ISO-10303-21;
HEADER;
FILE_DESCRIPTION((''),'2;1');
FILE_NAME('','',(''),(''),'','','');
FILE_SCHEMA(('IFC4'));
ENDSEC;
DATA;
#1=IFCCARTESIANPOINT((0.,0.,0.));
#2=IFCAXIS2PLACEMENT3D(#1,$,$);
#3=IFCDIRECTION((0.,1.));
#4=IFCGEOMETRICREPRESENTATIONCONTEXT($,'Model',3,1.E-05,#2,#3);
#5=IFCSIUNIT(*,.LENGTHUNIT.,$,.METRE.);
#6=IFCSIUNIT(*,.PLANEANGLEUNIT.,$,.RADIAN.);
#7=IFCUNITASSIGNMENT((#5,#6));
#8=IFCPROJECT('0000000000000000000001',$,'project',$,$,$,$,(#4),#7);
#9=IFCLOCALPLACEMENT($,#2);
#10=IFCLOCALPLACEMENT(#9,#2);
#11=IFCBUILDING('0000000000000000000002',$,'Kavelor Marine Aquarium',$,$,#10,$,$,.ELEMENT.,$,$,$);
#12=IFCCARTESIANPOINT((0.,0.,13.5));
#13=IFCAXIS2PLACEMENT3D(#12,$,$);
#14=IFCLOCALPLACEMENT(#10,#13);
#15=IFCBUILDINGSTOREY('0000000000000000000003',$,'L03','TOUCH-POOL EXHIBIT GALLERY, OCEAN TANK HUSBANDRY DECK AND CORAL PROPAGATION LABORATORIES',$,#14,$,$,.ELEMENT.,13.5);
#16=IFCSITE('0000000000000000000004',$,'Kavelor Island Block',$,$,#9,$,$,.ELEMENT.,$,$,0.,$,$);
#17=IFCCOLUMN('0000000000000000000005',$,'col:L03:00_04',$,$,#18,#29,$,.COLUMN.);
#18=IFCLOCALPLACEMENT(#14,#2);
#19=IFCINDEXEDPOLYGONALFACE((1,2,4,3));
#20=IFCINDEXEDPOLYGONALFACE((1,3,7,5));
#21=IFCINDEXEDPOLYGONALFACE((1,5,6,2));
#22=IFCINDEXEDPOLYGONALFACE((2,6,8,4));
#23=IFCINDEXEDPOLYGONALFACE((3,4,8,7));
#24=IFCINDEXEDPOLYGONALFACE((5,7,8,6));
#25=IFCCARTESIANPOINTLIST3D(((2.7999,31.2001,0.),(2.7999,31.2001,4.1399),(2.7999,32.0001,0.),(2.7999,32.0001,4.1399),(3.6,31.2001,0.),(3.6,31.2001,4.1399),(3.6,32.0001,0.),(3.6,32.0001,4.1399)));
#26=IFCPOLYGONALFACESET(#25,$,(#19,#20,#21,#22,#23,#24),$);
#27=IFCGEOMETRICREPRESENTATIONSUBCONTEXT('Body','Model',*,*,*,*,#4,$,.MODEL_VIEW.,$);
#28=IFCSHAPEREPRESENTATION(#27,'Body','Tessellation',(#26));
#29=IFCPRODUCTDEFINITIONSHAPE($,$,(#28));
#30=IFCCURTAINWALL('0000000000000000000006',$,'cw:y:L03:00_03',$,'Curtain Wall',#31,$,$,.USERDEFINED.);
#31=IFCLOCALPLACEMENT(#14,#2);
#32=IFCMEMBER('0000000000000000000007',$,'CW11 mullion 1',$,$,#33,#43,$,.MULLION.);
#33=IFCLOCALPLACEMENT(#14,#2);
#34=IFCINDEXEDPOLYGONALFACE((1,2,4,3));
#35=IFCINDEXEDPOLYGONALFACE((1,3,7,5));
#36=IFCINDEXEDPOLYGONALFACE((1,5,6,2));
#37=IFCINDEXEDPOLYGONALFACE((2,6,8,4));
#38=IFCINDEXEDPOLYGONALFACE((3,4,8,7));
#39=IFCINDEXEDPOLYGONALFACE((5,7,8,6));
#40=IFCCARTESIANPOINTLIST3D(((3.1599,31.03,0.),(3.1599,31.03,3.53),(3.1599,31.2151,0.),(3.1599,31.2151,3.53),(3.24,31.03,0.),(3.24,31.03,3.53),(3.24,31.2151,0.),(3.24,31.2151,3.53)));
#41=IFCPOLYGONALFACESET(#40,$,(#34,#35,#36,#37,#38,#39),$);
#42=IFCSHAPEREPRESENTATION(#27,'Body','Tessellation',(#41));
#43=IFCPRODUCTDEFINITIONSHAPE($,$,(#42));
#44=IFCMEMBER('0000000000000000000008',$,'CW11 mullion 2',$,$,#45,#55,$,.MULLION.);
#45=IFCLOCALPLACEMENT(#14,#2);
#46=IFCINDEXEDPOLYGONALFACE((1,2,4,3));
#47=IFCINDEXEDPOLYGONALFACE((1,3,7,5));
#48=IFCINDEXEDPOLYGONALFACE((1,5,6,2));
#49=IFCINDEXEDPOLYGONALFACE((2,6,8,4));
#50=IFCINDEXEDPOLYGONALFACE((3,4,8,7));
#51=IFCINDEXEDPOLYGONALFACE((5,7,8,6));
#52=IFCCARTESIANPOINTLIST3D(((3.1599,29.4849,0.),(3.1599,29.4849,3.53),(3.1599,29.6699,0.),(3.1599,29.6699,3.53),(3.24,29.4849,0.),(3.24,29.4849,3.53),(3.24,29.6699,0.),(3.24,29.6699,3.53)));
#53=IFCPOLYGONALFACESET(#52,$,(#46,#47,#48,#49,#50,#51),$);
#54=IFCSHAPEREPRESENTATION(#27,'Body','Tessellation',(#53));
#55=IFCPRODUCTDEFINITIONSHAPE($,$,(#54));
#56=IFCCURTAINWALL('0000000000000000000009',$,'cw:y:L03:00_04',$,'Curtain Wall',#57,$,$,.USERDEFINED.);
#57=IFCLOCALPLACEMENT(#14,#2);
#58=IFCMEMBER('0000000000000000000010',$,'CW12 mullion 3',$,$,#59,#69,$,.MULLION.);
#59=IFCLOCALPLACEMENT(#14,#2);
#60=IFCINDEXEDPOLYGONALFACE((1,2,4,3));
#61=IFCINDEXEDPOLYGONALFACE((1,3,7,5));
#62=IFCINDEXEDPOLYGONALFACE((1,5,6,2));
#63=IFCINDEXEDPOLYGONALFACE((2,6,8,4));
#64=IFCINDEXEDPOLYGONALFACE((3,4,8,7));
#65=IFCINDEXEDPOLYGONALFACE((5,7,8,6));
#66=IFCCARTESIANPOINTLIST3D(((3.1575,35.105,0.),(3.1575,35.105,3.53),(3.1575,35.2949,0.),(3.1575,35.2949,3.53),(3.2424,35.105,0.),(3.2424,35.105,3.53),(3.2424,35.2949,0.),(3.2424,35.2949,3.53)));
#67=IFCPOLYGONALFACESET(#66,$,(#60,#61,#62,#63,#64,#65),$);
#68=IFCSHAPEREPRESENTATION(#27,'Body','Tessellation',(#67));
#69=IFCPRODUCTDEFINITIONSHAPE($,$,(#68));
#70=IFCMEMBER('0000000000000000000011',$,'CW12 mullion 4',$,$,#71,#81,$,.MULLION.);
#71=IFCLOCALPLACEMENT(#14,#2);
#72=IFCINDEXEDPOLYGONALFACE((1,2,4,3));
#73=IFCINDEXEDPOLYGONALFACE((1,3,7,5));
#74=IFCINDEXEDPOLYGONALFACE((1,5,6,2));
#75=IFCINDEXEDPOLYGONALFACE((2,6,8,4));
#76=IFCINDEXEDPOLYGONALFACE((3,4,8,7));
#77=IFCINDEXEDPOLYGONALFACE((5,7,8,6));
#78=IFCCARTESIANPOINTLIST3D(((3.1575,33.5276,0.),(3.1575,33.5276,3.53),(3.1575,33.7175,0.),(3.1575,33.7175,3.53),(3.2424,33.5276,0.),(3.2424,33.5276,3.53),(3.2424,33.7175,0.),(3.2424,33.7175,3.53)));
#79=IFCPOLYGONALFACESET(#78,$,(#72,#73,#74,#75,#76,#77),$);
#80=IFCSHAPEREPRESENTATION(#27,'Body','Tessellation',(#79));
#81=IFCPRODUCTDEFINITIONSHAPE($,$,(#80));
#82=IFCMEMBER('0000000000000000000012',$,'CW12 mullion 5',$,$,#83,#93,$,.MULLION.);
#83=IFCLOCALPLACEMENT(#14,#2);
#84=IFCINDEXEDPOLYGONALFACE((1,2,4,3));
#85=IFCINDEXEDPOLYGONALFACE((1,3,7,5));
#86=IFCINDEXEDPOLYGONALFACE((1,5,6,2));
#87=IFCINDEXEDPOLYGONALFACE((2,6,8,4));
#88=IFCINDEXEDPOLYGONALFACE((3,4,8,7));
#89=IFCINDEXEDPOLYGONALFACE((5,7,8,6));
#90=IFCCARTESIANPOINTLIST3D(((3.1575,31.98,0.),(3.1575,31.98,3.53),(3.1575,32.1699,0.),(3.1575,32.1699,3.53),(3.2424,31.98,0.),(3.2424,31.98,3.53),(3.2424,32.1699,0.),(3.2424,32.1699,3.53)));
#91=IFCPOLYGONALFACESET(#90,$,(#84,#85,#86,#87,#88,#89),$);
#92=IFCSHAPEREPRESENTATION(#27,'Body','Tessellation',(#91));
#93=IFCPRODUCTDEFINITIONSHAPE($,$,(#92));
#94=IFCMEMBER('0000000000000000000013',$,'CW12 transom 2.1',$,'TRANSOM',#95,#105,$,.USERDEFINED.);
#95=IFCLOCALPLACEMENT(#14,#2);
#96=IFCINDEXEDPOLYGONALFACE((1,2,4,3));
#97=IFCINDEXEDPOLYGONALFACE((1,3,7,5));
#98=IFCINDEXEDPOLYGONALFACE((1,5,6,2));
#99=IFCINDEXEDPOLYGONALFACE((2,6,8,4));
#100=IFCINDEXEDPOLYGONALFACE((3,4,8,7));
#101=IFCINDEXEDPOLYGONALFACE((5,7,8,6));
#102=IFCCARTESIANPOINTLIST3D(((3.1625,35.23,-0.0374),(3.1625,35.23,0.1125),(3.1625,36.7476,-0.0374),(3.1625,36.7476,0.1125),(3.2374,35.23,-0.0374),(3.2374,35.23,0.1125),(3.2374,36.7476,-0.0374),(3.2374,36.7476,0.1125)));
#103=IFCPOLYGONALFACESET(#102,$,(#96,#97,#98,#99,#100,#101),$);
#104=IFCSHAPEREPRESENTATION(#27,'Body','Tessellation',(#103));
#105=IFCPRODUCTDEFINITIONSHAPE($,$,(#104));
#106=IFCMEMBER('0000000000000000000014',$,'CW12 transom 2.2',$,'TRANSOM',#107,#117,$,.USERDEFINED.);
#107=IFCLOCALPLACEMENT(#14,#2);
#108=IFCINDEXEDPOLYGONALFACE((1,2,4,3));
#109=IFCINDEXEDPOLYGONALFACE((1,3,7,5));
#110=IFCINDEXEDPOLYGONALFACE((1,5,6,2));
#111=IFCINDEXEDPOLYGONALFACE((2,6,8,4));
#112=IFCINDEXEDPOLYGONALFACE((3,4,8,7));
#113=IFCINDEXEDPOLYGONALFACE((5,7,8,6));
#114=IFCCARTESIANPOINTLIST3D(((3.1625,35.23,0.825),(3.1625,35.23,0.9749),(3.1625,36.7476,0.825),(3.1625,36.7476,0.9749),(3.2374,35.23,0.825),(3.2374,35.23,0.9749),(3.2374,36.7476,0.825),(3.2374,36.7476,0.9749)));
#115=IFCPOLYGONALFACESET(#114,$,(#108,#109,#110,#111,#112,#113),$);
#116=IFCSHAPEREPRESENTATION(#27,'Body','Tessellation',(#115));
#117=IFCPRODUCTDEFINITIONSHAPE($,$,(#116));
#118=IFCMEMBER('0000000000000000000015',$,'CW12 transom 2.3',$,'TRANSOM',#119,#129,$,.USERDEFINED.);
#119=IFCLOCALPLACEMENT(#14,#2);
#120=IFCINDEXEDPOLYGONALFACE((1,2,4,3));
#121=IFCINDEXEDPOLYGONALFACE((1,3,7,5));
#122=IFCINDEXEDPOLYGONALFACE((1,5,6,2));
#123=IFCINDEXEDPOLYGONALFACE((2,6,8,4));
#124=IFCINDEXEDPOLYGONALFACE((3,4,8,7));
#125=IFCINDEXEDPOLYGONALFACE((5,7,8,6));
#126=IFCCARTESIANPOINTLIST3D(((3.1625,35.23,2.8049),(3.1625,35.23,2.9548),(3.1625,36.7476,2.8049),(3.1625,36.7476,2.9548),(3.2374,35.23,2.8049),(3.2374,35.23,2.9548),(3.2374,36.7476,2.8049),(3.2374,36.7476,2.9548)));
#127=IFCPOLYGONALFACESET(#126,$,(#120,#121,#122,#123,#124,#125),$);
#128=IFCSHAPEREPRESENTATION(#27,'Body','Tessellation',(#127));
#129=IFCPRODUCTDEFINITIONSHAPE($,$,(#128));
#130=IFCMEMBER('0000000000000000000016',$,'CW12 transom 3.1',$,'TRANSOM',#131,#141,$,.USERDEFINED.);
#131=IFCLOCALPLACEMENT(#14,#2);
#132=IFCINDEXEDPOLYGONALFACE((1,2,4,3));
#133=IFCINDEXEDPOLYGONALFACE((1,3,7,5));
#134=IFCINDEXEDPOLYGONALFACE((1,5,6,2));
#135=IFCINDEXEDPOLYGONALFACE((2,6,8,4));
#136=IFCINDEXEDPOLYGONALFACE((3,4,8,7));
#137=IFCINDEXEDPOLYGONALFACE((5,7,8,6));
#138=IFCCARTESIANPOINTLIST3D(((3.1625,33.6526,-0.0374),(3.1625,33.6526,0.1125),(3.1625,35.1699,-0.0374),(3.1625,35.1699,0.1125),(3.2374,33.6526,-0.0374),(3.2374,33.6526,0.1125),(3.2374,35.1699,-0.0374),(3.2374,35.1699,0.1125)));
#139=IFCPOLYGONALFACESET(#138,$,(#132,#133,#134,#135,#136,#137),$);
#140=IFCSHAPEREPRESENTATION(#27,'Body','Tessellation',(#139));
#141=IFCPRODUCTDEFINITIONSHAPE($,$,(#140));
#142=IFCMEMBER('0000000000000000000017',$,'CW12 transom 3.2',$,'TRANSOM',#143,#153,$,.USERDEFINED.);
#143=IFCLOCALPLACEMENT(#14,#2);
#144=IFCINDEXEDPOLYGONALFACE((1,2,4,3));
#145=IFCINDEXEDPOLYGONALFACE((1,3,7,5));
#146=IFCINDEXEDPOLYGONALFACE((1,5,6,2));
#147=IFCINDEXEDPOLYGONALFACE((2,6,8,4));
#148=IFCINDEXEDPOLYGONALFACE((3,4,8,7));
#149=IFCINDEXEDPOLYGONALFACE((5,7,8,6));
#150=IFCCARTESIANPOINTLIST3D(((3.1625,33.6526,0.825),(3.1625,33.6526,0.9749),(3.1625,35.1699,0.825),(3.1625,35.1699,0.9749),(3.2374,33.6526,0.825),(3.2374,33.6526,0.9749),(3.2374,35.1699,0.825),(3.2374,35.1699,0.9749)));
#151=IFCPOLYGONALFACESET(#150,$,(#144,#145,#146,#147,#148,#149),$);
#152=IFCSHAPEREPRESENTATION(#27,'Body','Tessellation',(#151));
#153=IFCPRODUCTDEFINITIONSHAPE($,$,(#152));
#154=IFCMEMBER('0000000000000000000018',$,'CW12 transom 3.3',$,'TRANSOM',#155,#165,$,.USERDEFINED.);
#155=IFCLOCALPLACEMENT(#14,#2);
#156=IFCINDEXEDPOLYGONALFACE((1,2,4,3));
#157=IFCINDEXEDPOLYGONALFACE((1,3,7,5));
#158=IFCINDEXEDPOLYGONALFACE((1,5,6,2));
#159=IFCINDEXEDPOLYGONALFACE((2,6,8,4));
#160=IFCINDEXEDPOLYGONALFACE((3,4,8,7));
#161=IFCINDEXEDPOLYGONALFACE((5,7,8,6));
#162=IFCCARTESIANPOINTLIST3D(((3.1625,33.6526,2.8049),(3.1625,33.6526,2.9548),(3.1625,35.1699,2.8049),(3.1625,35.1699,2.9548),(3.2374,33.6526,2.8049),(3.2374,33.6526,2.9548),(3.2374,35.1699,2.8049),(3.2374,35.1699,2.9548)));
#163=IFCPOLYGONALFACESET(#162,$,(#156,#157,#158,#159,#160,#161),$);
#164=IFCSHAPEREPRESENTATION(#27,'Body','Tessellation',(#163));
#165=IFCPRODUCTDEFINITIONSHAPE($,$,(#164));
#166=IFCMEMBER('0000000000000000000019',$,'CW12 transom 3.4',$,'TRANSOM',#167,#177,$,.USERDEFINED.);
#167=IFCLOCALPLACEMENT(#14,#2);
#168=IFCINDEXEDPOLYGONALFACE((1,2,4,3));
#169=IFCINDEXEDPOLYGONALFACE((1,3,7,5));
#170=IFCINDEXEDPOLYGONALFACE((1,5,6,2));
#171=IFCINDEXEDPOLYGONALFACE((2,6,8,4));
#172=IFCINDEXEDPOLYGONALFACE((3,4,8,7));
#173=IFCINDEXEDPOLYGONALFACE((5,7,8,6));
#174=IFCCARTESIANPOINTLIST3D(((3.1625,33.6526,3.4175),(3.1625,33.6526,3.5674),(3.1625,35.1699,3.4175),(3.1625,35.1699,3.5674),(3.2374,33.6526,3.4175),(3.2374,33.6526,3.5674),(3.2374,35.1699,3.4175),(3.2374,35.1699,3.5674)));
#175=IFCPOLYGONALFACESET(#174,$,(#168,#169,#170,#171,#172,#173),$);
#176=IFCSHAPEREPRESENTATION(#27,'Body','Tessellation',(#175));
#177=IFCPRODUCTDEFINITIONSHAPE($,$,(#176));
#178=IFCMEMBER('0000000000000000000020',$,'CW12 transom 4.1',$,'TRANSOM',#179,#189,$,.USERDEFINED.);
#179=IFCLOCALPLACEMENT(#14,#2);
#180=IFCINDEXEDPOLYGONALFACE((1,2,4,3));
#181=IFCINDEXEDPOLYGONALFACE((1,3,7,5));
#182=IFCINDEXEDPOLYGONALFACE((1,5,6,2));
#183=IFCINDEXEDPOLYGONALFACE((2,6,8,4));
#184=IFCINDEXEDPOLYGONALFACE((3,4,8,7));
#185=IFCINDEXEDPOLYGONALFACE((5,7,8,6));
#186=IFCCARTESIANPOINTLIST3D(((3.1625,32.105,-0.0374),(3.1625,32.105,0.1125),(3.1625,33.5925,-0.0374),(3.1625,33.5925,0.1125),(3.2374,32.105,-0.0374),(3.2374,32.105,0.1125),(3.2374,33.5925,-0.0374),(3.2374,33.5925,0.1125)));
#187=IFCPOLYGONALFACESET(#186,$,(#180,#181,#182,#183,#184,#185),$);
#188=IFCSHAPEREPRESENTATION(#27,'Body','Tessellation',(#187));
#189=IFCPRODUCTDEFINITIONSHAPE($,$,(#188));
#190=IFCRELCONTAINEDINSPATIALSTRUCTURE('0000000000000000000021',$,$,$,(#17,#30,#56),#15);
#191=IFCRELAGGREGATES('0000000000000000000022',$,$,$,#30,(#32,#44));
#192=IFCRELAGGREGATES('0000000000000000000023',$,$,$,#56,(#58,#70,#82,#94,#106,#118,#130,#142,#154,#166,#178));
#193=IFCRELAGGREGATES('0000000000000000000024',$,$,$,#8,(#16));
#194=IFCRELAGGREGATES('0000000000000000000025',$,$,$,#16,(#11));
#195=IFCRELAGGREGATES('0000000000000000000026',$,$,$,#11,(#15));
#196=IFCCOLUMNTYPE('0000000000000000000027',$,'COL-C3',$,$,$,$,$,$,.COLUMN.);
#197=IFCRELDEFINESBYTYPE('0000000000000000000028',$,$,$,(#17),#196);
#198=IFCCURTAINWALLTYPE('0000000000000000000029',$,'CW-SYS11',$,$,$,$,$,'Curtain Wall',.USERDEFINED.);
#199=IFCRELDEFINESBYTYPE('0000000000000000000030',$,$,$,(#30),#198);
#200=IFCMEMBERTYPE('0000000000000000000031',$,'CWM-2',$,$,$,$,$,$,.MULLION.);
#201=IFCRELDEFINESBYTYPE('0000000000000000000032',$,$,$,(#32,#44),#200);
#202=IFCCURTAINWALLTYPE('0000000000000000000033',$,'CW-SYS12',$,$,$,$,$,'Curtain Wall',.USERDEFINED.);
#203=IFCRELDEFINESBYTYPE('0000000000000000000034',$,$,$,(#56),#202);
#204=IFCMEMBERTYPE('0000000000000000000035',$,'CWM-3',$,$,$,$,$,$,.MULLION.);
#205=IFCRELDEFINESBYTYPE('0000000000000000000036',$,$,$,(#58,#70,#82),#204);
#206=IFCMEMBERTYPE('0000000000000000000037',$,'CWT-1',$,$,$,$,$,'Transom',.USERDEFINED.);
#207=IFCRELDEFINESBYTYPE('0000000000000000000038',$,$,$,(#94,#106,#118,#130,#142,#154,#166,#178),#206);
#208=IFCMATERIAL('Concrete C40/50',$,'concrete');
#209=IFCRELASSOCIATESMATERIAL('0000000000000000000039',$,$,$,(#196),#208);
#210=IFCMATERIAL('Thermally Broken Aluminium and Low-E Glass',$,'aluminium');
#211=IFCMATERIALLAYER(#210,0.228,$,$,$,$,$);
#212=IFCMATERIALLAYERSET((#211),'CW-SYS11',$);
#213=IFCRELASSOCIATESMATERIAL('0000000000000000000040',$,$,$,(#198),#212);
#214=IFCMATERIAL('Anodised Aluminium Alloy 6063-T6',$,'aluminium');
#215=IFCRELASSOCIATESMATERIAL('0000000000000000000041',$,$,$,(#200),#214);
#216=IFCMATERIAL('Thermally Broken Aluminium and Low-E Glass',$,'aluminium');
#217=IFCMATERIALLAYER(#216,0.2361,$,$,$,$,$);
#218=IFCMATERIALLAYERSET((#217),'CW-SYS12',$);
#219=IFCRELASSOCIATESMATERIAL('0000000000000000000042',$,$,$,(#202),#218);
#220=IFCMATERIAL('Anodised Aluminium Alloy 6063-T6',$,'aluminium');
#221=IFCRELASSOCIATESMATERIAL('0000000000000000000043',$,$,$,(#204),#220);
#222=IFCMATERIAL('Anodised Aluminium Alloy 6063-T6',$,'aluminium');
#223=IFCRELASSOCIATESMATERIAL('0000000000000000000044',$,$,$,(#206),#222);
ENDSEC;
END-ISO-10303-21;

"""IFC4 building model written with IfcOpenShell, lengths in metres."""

from ifc_helpers import new_model, si_unit, direction, frame, origin, origin_2d, place, context, subcontext, project, spatial, rectangle, extrude, material, layer, layer_set, material_profile, profile_set, type_object, element, aggregate, save


model = new_model("IFC4")

# Units and contexts
model_context = context("Model", 3, precision=1e-05, world=origin(), true_north=direction((0.0, 1.0)))
body_context = subcontext(model_context, "Body", "Model", "MODEL_VIEW")
ifc_project = project(units=[si_unit("LENGTHUNIT", "METRE"), si_unit("PLANEANGLEUNIT", "RADIAN")], contexts=[model_context])

# Site, building, storey
site_placement = place(None, origin())
site = spatial("IfcSite", under=ifc_project, at=site_placement, Name="Kavelor Island Block", CompositionType="ELEMENT", RefElevation=0.0)
building_placement = place(site_placement, origin())
building = spatial("IfcBuilding", under=site, at=building_placement, Name="Kavelor Marine Aquarium", CompositionType="ELEMENT")
storey_placement = place(building_placement, frame((0.0, 0.0, 13.5)))
storey = spatial("IfcBuildingStorey", under=building, at=storey_placement, Name="L03", Description="TOUCH-POOL EXHIBIT GALLERY, OCEAN TANK HUSBANDRY DECK AND CORAL PROPAGATION LABORATORIES", CompositionType="ELEMENT", Elevation=13.5)

# Column
ifc_material_1 = material(Name="Concrete C40/50", Category="concrete")
ifc_material_profile_1 = material_profile(ifc_material_1, rectangle(XDim=0.8, YDim=0.8, at=origin_2d()), Name="RC-COL 800x800")
ifc_profile_set_1 = profile_set([ifc_material_profile_1], Name="Concrete C40/50")
column_type = type_object("IfcColumnType", Name="COL-C3", PredefinedType="COLUMN", material=ifc_profile_set_1)
column_placement = place(storey_placement, frame((3.2, 31.6001, 0.0), z_axis=(0.0, 0.0, 1.0), x_axis=(1.0, 0.0, 0.0)))
element("IfcColumn", 1, at=column_placement, inside=storey, type_object=column_type, Name="col:L03:00_04", PredefinedType="COLUMN", context=body_context, shape_type="SweptSolid", body=[
    extrude(rectangle(XDim=0.8, YDim=0.8, at=origin_2d()), origin(), (0.0, 0.0, 1.0), 4.1399),
])

# Curtain walls, members
ifc_material_2 = material(Name="Thermally Broken Aluminium and Low-E Glass", Category="aluminium")
ifc_layer_1 = layer(ifc_material_2, 0.228)
ifc_layer_set_1 = layer_set([ifc_layer_1], Name="CW-SYS11")
curtain_wall_type_1 = type_object("IfcCurtainWallType", Name="CW-SYS11", ElementType="Curtain Wall", PredefinedType="USERDEFINED", material=ifc_layer_set_1)
curtain_wall_1_placement = place(storey_placement, origin())
curtain_wall_1 = element("IfcCurtainWall", 2, at=curtain_wall_1_placement, inside=storey, type_object=curtain_wall_type_1, Name="cw:y:L03:00_03", ObjectType="Curtain Wall", PredefinedType="USERDEFINED")
ifc_material_3 = material(Name="Anodised Aluminium Alloy 6063-T6", Category="aluminium")
ifc_material_profile_2 = material_profile(ifc_material_3, rectangle(XDim=0.0801, YDim=0.1851, at=origin_2d()), Name="CW-MUL 80x185")
ifc_profile_set_2 = profile_set([ifc_material_profile_2], Name="Anodised Aluminium Alloy 6063-T6")
member_type_1 = type_object("IfcMemberType", Name="CWM-2", PredefinedType="MULLION", material=ifc_profile_set_2)
member_1_placement = place(storey_placement, frame((3.2, 31.1226, 0.0), z_axis=(0.0, 0.0, 1.0), x_axis=(1.0, 0.0, 0.0)))
member_1 = element("IfcMember", 3, at=member_1_placement, type_object=member_type_1, Name="CW11 mullion 1", PredefinedType="MULLION", context=body_context, shape_type="SweptSolid", body=[
    extrude(rectangle(XDim=0.0801, YDim=0.1851, at=origin_2d()), origin(), (0.0, 0.0, 1.0), 3.53),
])
member_2_placement = place(storey_placement, frame((3.2, 29.5774, 0.0), z_axis=(0.0, 0.0, 1.0), x_axis=(1.0, 0.0, 0.0)))
member_2 = element("IfcMember", 4, at=member_2_placement, type_object=member_type_1, Name="CW11 mullion 2", PredefinedType="MULLION", context=body_context, shape_type="SweptSolid", body=[
    extrude(rectangle(XDim=0.0801, YDim=0.1851, at=origin_2d()), origin(), (0.0, 0.0, 1.0), 3.53),
])
ifc_material_4 = material(Name="Thermally Broken Aluminium and Low-E Glass", Category="aluminium")
ifc_layer_2 = layer(ifc_material_4, 0.2361)
ifc_layer_set_2 = layer_set([ifc_layer_2], Name="CW-SYS12")
curtain_wall_type_2 = type_object("IfcCurtainWallType", Name="CW-SYS12", ElementType="Curtain Wall", PredefinedType="USERDEFINED", material=ifc_layer_set_2)
curtain_wall_2_placement = place(storey_placement, origin())
curtain_wall_2 = element("IfcCurtainWall", 5, at=curtain_wall_2_placement, inside=storey, type_object=curtain_wall_type_2, Name="cw:y:L03:00_04", ObjectType="Curtain Wall", PredefinedType="USERDEFINED")
ifc_material_5 = material(Name="Anodised Aluminium Alloy 6063-T6", Category="aluminium")
ifc_material_profile_3 = material_profile(ifc_material_5, rectangle(XDim=0.085, YDim=0.1899, at=origin_2d()), Name="CW-MUL 85x190")
ifc_profile_set_3 = profile_set([ifc_material_profile_3], Name="Anodised Aluminium Alloy 6063-T6")
member_type_2 = type_object("IfcMemberType", Name="CWM-3", PredefinedType="MULLION", material=ifc_profile_set_3)
member_3_placement = place(storey_placement, frame((3.2, 35.2, 0.0), z_axis=(0.0, 0.0, 1.0), x_axis=(1.0, 0.0, 0.0)))
member_3 = element("IfcMember", 6, at=member_3_placement, type_object=member_type_2, Name="CW12 mullion 3", PredefinedType="MULLION", context=body_context, shape_type="SweptSolid", body=[
    extrude(rectangle(XDim=0.085, YDim=0.1899, at=origin_2d()), origin(), (0.0, 0.0, 1.0), 3.53),
])
member_4_placement = place(storey_placement, frame((3.2, 33.6226, 0.0), z_axis=(0.0, 0.0, 1.0), x_axis=(1.0, 0.0, 0.0)))
member_4 = element("IfcMember", 7, at=member_4_placement, type_object=member_type_2, Name="CW12 mullion 4", PredefinedType="MULLION", context=body_context, shape_type="SweptSolid", body=[
    extrude(rectangle(XDim=0.085, YDim=0.1899, at=origin_2d()), origin(), (0.0, 0.0, 1.0), 3.53),
])
member_5_placement = place(storey_placement, frame((3.2, 32.075, 0.0), z_axis=(0.0, 0.0, 1.0), x_axis=(1.0, 0.0, 0.0)))
member_5 = element("IfcMember", 8, at=member_5_placement, type_object=member_type_2, Name="CW12 mullion 5", PredefinedType="MULLION", context=body_context, shape_type="SweptSolid", body=[
    extrude(rectangle(XDim=0.085, YDim=0.1899, at=origin_2d()), origin(), (0.0, 0.0, 1.0), 3.53),
])
ifc_material_6 = material(Name="Anodised Aluminium Alloy 6063-T6", Category="aluminium")
ifc_material_profile_4 = material_profile(ifc_material_6, rectangle(XDim=0.075, YDim=0.1499, at=origin_2d()), Name="CW-TRN 75x150")
ifc_profile_set_4 = profile_set([ifc_material_profile_4], Name="Anodised Aluminium Alloy 6063-T6")
member_type_3 = type_object("IfcMemberType", Name="CWT-1", ElementType="Transom", PredefinedType="USERDEFINED", material=ifc_profile_set_4)
member_6_placement = place(storey_placement, frame((3.2, 36.7476, 0.0376), z_axis=(0.0, -1.0, 0.0), x_axis=(1.0, 0.0, 0.0)))
member_6 = element("IfcMember", 9, at=member_6_placement, type_object=member_type_3, Name="CW12 transom 2.1", ObjectType="TRANSOM", PredefinedType="USERDEFINED", context=body_context, shape_type="SweptSolid", body=[
    extrude(rectangle(XDim=0.075, YDim=0.1499, at=origin_2d()), origin(), (0.0, 0.0, 1.0), 1.5176),
])
member_7_placement = place(storey_placement, frame((3.2, 36.7476, 0.8999), z_axis=(0.0, -1.0, 0.0), x_axis=(1.0, 0.0, 0.0)))
member_7 = element("IfcMember", 10, at=member_7_placement, type_object=member_type_3, Name="CW12 transom 2.2", ObjectType="TRANSOM", PredefinedType="USERDEFINED", context=body_context, shape_type="SweptSolid", body=[
    extrude(rectangle(XDim=0.075, YDim=0.1499, at=origin_2d()), origin(), (0.0, 0.0, 1.0), 1.5176),
])
member_8_placement = place(storey_placement, frame((3.2, 36.7476, 2.8799), z_axis=(0.0, -1.0, 0.0), x_axis=(1.0, 0.0, 0.0)))
member_8 = element("IfcMember", 11, at=member_8_placement, type_object=member_type_3, Name="CW12 transom 2.3", ObjectType="TRANSOM", PredefinedType="USERDEFINED", context=body_context, shape_type="SweptSolid", body=[
    extrude(rectangle(XDim=0.075, YDim=0.1499, at=origin_2d()), origin(), (0.0, 0.0, 1.0), 1.5176),
])
member_9_placement = place(storey_placement, frame((3.2, 35.1699, 0.0376), z_axis=(0.0, -1.0, 0.0), x_axis=(1.0, 0.0, 0.0)))
member_9 = element("IfcMember", 12, at=member_9_placement, type_object=member_type_3, Name="CW12 transom 3.1", ObjectType="TRANSOM", PredefinedType="USERDEFINED", context=body_context, shape_type="SweptSolid", body=[
    extrude(rectangle(XDim=0.075, YDim=0.1499, at=origin_2d()), origin(), (0.0, 0.0, 1.0), 1.5173),
])
member_10_placement = place(storey_placement, frame((3.2, 35.1699, 0.8999), z_axis=(0.0, -1.0, 0.0), x_axis=(1.0, 0.0, 0.0)))
member_10 = element("IfcMember", 13, at=member_10_placement, type_object=member_type_3, Name="CW12 transom 3.2", ObjectType="TRANSOM", PredefinedType="USERDEFINED", context=body_context, shape_type="SweptSolid", body=[
    extrude(rectangle(XDim=0.075, YDim=0.1499, at=origin_2d()), origin(), (0.0, 0.0, 1.0), 1.5173),
])
member_11_placement = place(storey_placement, frame((3.2, 35.1699, 2.8799), z_axis=(0.0, -1.0, 0.0), x_axis=(1.0, 0.0, 0.0)))
member_11 = element("IfcMember", 14, at=member_11_placement, type_object=member_type_3, Name="CW12 transom 3.3", ObjectType="TRANSOM", PredefinedType="USERDEFINED", context=body_context, shape_type="SweptSolid", body=[
    extrude(rectangle(XDim=0.075, YDim=0.1499, at=origin_2d()), origin(), (0.0, 0.0, 1.0), 1.5173),
])
member_12_placement = place(storey_placement, frame((3.2, 35.1699, 3.4924), z_axis=(0.0, -1.0, 0.0), x_axis=(1.0, 0.0, 0.0)))
member_12 = element("IfcMember", 15, at=member_12_placement, type_object=member_type_3, Name="CW12 transom 3.4", ObjectType="TRANSOM", PredefinedType="USERDEFINED", context=body_context, shape_type="SweptSolid", body=[
    extrude(rectangle(XDim=0.075, YDim=0.1499, at=origin_2d()), origin(), (0.0, 0.0, 1.0), 1.5173),
])
member_13_placement = place(storey_placement, frame((3.2, 33.5925, 0.0376), z_axis=(0.0, -1.0, 0.0), x_axis=(1.0, 0.0, 0.0)))
member_13 = element("IfcMember", 16, at=member_13_placement, type_object=member_type_3, Name="CW12 transom 4.1", ObjectType="TRANSOM", PredefinedType="USERDEFINED", context=body_context, shape_type="SweptSolid", body=[
    extrude(rectangle(XDim=0.075, YDim=0.1499, at=origin_2d()), origin(), (0.0, 0.0, 1.0), 1.4875),
])

aggregate(curtain_wall_1, [member_1, member_2])
aggregate(curtain_wall_2, [member_3, member_4, member_5, member_6, member_7, member_8, member_9, member_10, member_11, member_12, member_13])

save(model, "model.ifc")
